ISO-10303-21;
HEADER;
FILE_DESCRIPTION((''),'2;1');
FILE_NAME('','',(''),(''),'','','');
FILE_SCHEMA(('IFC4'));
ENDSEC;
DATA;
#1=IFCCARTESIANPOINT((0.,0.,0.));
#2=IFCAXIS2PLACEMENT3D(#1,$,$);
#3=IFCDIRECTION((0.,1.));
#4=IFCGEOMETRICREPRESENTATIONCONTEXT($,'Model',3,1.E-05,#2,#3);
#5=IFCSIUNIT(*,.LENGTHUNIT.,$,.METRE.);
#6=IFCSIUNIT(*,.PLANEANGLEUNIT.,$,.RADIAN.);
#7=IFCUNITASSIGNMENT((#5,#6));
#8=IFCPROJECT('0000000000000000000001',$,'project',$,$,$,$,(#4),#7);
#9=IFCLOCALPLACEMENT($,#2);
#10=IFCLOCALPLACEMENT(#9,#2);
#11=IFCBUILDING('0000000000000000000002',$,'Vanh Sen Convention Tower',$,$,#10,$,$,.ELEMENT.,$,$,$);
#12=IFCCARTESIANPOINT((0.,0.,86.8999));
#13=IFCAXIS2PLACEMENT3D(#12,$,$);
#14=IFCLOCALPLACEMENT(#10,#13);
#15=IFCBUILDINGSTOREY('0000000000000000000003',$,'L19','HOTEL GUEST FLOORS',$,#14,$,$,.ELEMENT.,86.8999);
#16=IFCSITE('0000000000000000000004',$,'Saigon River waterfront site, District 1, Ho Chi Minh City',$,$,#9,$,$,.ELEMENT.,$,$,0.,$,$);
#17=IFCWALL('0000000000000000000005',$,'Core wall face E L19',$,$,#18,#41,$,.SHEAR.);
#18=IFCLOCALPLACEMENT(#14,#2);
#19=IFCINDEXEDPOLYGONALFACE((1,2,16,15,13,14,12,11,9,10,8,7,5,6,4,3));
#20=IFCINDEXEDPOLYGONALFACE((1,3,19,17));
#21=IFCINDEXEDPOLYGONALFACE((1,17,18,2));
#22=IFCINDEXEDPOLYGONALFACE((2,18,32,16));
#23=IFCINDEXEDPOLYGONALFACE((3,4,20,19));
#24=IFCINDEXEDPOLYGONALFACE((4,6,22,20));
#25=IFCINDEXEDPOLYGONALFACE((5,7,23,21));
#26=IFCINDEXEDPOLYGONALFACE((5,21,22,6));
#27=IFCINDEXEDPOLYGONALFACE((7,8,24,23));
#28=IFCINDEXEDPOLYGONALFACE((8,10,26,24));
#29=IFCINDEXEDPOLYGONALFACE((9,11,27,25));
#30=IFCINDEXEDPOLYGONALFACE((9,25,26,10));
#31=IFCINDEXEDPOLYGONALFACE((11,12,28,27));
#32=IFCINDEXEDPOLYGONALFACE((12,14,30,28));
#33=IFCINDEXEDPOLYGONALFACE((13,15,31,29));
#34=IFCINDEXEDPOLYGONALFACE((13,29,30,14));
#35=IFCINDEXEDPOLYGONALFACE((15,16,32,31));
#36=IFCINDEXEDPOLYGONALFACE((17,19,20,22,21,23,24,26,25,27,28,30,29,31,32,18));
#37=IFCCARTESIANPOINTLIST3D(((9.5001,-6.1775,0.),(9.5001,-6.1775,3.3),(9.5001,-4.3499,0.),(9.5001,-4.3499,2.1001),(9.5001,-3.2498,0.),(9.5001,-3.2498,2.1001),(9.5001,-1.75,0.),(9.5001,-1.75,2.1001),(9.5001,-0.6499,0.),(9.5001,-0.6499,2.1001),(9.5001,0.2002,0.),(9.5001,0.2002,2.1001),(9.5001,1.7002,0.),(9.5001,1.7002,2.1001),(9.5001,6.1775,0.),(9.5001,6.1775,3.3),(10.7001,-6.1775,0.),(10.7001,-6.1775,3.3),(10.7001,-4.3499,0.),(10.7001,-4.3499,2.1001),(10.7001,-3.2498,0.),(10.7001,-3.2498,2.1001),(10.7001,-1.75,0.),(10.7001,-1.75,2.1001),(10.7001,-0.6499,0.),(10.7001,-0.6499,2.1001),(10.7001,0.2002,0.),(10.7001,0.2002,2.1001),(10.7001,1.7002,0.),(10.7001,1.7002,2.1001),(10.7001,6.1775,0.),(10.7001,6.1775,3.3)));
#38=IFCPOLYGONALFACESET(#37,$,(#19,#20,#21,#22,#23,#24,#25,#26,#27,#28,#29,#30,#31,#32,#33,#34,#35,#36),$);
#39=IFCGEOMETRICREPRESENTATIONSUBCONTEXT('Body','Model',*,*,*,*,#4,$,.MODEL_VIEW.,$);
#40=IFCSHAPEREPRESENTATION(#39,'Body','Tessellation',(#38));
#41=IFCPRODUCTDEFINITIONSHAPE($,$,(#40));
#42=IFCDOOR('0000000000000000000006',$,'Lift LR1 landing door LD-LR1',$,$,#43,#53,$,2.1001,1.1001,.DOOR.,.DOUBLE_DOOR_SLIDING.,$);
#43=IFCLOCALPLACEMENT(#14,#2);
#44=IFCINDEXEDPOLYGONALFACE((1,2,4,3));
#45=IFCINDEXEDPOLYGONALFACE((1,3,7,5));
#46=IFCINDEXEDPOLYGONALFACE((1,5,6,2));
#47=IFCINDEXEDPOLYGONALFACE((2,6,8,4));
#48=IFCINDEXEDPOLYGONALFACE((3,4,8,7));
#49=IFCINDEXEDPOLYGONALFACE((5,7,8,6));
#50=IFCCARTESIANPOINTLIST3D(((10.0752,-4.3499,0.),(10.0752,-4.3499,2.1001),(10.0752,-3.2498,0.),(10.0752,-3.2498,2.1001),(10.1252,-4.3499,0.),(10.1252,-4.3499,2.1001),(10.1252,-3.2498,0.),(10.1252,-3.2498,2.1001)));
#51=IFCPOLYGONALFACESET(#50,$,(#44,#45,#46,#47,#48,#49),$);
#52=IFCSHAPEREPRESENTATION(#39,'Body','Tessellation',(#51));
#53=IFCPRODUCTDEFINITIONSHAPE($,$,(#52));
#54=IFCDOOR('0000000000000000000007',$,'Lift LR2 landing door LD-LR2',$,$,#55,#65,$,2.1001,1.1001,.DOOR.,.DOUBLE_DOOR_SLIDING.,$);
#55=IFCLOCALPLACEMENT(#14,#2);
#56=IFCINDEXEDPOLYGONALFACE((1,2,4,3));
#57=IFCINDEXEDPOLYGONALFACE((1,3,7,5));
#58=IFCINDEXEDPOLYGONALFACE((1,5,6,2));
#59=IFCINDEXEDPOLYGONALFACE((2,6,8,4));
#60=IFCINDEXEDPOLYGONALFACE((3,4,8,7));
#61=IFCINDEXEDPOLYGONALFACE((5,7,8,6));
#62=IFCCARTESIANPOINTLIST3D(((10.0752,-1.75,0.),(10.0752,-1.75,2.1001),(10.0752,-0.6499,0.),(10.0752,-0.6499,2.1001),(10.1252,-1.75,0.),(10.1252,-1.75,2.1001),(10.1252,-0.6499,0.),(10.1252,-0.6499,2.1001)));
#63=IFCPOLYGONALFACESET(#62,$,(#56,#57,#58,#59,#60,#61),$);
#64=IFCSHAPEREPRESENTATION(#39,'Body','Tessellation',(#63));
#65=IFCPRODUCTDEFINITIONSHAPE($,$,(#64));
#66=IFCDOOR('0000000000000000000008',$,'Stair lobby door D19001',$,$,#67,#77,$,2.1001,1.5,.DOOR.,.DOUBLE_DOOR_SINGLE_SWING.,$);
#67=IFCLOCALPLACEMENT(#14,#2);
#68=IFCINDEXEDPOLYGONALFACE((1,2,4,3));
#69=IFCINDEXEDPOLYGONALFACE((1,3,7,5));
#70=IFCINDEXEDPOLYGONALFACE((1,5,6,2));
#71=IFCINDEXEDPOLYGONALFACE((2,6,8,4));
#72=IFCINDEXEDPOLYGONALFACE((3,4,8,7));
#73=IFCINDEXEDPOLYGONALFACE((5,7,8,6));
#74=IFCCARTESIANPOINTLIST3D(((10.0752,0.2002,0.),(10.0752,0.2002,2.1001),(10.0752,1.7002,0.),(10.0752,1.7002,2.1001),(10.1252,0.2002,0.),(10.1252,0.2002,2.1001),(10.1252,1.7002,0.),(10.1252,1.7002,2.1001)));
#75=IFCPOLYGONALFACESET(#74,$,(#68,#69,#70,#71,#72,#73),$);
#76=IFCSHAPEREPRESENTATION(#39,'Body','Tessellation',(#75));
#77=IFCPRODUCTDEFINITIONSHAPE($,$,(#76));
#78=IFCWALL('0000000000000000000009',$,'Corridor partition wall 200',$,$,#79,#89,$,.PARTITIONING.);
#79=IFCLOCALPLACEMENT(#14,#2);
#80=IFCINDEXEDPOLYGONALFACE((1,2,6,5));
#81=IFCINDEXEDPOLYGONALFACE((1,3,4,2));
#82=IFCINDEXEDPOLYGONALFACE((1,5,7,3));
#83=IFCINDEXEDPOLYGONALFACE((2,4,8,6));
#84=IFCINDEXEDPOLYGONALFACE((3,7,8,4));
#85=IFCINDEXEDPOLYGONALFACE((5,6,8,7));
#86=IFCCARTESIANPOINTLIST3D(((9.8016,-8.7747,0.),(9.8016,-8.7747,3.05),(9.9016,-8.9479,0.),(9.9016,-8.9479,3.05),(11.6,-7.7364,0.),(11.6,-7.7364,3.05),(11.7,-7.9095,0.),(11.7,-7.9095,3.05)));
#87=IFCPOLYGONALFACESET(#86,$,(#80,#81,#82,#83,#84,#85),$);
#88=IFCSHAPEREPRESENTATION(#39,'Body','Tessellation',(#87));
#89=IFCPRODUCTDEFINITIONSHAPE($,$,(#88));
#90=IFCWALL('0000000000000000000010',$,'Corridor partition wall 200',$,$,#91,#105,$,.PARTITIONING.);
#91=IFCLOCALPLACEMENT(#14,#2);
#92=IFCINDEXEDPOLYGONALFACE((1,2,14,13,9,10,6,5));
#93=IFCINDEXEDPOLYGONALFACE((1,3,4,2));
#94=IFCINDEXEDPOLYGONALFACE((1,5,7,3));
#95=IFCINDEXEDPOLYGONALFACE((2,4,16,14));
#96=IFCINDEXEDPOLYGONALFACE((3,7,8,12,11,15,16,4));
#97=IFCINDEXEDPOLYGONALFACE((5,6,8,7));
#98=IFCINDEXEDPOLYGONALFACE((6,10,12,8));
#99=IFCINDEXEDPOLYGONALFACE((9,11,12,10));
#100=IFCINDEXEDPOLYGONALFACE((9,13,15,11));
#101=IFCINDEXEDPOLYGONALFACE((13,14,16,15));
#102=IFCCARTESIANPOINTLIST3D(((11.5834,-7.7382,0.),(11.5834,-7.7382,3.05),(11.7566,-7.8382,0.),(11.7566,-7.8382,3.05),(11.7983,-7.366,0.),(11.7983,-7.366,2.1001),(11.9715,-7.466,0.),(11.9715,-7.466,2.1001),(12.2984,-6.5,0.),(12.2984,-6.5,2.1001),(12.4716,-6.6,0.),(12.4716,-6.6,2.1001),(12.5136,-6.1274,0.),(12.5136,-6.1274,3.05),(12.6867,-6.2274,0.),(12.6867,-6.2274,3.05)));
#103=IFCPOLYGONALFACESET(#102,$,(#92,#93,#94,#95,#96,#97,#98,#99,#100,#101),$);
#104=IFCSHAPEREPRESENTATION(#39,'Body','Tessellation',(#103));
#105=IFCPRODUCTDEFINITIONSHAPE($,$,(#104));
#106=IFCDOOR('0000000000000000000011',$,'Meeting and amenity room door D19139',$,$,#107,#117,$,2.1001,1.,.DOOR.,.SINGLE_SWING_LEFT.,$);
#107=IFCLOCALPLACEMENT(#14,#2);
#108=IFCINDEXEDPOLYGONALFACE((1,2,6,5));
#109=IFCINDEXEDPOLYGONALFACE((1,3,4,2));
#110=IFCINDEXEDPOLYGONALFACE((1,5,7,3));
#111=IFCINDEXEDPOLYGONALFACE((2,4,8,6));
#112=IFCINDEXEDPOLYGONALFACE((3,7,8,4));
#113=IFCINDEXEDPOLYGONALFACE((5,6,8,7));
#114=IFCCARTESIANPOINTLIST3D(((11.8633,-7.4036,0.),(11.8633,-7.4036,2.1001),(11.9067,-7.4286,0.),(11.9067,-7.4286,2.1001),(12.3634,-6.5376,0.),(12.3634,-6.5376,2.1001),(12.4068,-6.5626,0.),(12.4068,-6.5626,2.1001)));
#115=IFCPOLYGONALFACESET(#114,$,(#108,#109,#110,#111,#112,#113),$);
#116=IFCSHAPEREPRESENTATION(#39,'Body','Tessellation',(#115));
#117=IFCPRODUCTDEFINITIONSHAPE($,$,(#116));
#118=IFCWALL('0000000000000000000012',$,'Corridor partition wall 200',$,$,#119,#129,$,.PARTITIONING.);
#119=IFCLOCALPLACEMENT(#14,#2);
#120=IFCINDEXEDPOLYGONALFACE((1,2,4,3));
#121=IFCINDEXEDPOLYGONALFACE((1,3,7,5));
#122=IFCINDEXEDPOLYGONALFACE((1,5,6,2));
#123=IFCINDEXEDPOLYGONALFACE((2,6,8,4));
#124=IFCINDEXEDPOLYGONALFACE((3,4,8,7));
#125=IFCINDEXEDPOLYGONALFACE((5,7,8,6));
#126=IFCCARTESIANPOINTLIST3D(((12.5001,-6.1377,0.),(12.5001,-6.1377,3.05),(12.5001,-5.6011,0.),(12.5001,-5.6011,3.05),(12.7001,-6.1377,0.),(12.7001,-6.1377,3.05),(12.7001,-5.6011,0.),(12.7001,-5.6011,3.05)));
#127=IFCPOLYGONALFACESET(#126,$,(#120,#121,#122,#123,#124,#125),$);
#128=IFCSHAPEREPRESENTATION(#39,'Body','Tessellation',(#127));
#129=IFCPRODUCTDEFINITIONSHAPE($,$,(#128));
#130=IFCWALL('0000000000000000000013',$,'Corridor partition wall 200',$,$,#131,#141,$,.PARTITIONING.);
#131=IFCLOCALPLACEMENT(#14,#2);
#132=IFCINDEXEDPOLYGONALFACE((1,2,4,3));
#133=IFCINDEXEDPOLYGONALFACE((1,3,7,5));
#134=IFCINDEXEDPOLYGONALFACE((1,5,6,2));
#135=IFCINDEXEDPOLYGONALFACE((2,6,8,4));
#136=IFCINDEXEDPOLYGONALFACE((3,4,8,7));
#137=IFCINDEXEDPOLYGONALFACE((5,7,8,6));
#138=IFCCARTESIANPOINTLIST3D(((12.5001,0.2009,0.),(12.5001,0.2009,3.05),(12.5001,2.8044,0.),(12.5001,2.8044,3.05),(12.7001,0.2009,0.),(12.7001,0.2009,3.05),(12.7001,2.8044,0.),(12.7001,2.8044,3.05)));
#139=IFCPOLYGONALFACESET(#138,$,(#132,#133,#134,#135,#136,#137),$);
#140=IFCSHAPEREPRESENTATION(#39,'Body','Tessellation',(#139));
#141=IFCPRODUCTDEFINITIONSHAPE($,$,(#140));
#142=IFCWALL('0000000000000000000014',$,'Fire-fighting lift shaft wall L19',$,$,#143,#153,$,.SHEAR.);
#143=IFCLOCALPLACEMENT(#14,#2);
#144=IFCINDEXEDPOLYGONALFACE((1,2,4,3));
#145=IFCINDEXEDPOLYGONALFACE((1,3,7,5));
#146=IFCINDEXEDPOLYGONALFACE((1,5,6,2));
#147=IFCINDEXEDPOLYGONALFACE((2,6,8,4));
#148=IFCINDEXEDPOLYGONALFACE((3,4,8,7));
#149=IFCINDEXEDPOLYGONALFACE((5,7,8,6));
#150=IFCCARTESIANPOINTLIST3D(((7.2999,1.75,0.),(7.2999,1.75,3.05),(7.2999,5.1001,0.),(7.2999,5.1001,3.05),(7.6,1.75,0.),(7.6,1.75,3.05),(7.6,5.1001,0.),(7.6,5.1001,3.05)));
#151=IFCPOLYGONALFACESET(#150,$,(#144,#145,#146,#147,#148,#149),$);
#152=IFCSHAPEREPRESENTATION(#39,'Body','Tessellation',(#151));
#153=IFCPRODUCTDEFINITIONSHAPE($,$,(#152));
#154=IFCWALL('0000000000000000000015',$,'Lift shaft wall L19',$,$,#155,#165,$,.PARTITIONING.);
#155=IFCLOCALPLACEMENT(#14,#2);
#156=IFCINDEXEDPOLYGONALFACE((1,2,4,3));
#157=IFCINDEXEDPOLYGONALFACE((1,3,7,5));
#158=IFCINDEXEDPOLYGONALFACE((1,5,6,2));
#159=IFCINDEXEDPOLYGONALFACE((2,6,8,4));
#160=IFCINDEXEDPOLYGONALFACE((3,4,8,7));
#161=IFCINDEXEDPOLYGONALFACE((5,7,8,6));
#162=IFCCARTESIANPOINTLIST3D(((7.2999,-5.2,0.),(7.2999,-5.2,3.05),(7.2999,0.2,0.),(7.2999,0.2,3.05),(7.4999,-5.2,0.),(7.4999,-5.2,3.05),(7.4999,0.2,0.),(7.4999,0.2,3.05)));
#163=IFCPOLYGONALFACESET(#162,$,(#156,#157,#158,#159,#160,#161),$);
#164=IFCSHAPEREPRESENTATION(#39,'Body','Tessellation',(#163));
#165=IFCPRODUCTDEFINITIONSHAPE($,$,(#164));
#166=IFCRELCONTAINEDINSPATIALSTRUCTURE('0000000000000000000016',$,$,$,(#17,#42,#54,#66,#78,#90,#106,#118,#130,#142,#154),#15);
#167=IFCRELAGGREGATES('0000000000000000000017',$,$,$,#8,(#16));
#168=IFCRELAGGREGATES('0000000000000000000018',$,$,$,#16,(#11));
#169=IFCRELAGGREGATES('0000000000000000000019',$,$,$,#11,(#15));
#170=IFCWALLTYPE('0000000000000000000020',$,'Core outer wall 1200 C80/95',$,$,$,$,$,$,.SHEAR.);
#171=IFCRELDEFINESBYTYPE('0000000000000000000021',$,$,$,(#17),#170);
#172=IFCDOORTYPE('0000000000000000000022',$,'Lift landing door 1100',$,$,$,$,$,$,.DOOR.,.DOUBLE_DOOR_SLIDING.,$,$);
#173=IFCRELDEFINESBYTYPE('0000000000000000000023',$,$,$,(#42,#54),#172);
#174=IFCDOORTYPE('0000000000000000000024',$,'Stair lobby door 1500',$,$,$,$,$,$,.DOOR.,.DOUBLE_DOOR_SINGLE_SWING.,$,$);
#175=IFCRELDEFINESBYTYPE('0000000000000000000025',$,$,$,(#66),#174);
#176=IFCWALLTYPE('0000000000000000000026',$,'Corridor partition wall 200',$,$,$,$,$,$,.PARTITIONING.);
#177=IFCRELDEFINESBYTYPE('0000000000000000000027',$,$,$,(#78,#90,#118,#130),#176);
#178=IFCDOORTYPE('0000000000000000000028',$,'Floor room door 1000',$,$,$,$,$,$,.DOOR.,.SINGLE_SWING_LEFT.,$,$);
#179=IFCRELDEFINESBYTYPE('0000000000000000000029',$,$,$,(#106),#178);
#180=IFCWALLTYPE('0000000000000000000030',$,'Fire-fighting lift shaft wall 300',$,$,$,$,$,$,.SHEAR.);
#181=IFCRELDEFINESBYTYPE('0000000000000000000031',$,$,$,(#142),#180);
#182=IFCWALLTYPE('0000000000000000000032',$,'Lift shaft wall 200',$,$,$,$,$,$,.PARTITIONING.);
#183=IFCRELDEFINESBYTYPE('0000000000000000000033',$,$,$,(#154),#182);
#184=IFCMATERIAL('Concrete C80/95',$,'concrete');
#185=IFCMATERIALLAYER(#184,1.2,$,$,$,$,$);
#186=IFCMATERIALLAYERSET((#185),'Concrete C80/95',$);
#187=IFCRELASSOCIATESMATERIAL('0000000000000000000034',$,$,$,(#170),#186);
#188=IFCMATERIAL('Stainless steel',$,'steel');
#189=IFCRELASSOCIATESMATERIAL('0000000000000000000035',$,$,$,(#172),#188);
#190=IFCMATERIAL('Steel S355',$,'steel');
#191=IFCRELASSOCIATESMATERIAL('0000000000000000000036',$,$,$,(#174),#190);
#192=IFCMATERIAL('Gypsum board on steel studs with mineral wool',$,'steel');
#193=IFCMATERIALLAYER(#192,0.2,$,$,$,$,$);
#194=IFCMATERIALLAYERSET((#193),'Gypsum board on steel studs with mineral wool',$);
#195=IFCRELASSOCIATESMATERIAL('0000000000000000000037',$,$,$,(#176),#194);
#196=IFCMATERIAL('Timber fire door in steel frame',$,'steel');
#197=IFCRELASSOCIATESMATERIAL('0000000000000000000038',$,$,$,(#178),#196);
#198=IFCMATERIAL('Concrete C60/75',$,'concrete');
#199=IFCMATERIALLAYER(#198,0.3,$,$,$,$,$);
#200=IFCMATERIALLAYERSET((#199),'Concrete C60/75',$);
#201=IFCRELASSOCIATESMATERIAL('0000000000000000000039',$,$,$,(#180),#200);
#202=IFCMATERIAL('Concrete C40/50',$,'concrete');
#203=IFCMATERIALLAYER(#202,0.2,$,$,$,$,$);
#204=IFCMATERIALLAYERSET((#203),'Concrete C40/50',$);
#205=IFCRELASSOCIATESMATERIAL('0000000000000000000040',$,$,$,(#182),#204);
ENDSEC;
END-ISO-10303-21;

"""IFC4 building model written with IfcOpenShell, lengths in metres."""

from ifc_helpers import new_model, si_unit, direction, frame, frame_2d, origin, place, context, subcontext, project, spatial, rectangle, extrude, material, layer, layer_set, type_object, element, fill, save


model = new_model("IFC4")

# Units and contexts
model_context = context("Model", 3, precision=1e-05, world=origin(), true_north=direction((0.0, 1.0)))
body_context = subcontext(model_context, "Body", "Model", "MODEL_VIEW")
ifc_project = project(units=[si_unit("LENGTHUNIT", "METRE"), si_unit("PLANEANGLEUNIT", "RADIAN")], contexts=[model_context])

# Site, building, storey
site_placement = place(None, origin())
site = spatial("IfcSite", under=ifc_project, at=site_placement, Name="Saigon River waterfront site, District 1, Ho Chi Minh City", CompositionType="ELEMENT", RefElevation=0.0)
building_placement = place(site_placement, origin())
building = spatial("IfcBuilding", under=site, at=building_placement, Name="Vanh Sen Convention Tower", CompositionType="ELEMENT")
storey_placement = place(building_placement, frame((0.0, 0.0, 86.8999)))
storey = spatial("IfcBuildingStorey", under=building, at=storey_placement, Name="L19", Description="HOTEL GUEST FLOORS", CompositionType="ELEMENT", Elevation=86.8999)

# Shared definitions
ifc_material_1 = material(Name="Concrete C40/50", Category="concrete")

# Wall, openings, doors
ifc_material_2 = material(Name="Concrete C80/95", Category="concrete")
ifc_layer_1 = layer(ifc_material_2, 1.2)
ifc_layer_set_1 = layer_set([ifc_layer_1], Name="Concrete C80/95")
wall_type_1 = type_object("IfcWallType", Name="Core outer wall 1200 C80/95", PredefinedType="SHEAR", material=ifc_layer_set_1)
wall_1_placement = place(storey_placement, frame((10.1001, -6.1775, 0.0), z_axis=(0.0, 0.0, 1.0), x_axis=(0.0, 1.0, 0.0)))
wall_1 = element("IfcWall", 1, at=wall_1_placement, inside=storey, type_object=wall_type_1, Name="Core wall face E L19", PredefinedType="SHEAR", context=body_context, shape_type="SweptSolid", body=[
    extrude(rectangle(XDim=12.355, YDim=1.2, at=frame_2d((6.1775, 0.0))), origin(), (0.0, 0.0, 1.0), 3.3),
])
opening_1_placement = place(wall_1_placement, frame((6.3777, 0.0, 0.0)))
opening_1 = element("IfcOpeningElement", 2, at=opening_1_placement, cuts=wall_1, PredefinedType="OPENING", context=body_context, shape_type="SweptSolid", body=[
    extrude(rectangle(XDim=1.5, YDim=2.1001, at=frame_2d((0.75, 1.05))), frame((0.0, 0.6099, 0.0), z_axis=(0.0, -1.0, 0.0), x_axis=(1.0, 0.0, 0.0)), (0.0, 0.0, 1.0), 1.22),
])
opening_2_placement = place(wall_1_placement, frame((1.8276, 0.0, 0.0)))
opening_2 = element("IfcOpeningElement", 3, at=opening_2_placement, cuts=wall_1, PredefinedType="OPENING", context=body_context, shape_type="SweptSolid", body=[
    extrude(rectangle(XDim=1.1001, YDim=2.1001, at=frame_2d((0.55, 1.05))), frame((0.0, 0.6099, 0.0), z_axis=(0.0, -1.0, 0.0), x_axis=(1.0, 0.0, 0.0)), (0.0, 0.0, 1.0), 1.22),
])
opening_3_placement = place(wall_1_placement, frame((4.4275, 0.0, 0.0)))
opening_3 = element("IfcOpeningElement", 4, at=opening_3_placement, cuts=wall_1, PredefinedType="OPENING", context=body_context, shape_type="SweptSolid", body=[
    extrude(rectangle(XDim=1.1001, YDim=2.1001, at=frame_2d((0.55, 1.05))), frame((0.0, 0.6099, 0.0), z_axis=(0.0, -1.0, 0.0), x_axis=(1.0, 0.0, 0.0)), (0.0, 0.0, 1.0), 1.22),
])
ifc_material_3 = material(Name="Stainless steel", Category="steel")
door_type_1 = type_object("IfcDoorType", Name="Lift landing door 1100", OperationType="DOUBLE_DOOR_SLIDING", PredefinedType="DOOR", material=ifc_material_3)
door_1_placement = place(opening_2_placement, origin())
door_1 = element("IfcDoor", 5, at=door_1_placement, inside=storey, type_object=door_type_1, Name="Lift LR1 landing door LD-LR1", OperationType="DOUBLE_DOOR_SLIDING", OverallHeight=2.1001, OverallWidth=1.1001, PredefinedType="DOOR", context=body_context, shape_type="SweptSolid", body=[
    extrude(rectangle(XDim=1.1001, YDim=2.1001, at=frame_2d((0.55, 1.05))), frame((0.0, 0.0249, 0.0), z_axis=(0.0, -1.0, 0.0), x_axis=(1.0, 0.0, 0.0)), (0.0, 0.0, 1.0), 0.05),
])
fill(opening_2, door_1)
door_2_placement = place(opening_3_placement, origin())
door_2 = element("IfcDoor", 6, at=door_2_placement, inside=storey, type_object=door_type_1, Name="Lift LR2 landing door LD-LR2", OperationType="DOUBLE_DOOR_SLIDING", OverallHeight=2.1001, OverallWidth=1.1001, PredefinedType="DOOR", context=body_context, shape_type="SweptSolid", body=[
    extrude(rectangle(XDim=1.1001, YDim=2.1001, at=frame_2d((0.55, 1.05))), frame((0.0, 0.0249, 0.0), z_axis=(0.0, -1.0, 0.0), x_axis=(1.0, 0.0, 0.0)), (0.0, 0.0, 1.0), 0.05),
])
fill(opening_3, door_2)
ifc_material_4 = material(Name="Steel S355", Category="steel")
door_type_2 = type_object("IfcDoorType", Name="Stair lobby door 1500", OperationType="DOUBLE_DOOR_SINGLE_SWING", PredefinedType="DOOR", material=ifc_material_4)
door_3_placement = place(opening_1_placement, origin())
door_3 = element("IfcDoor", 7, at=door_3_placement, inside=storey, type_object=door_type_2, Name="Stair lobby door D19001", OperationType="DOUBLE_DOOR_SINGLE_SWING", OverallHeight=2.1001, OverallWidth=1.5, PredefinedType="DOOR", context=body_context, shape_type="SweptSolid", body=[
    extrude(rectangle(XDim=1.5, YDim=2.1001, at=frame_2d((0.75, 1.05))), frame((0.0, 0.0249, 0.0), z_axis=(0.0, -1.0, 0.0), x_axis=(1.0, 0.0, 0.0)), (0.0, 0.0, 1.0), 0.05),
])
fill(opening_1, door_3)

# Wall
ifc_material_5 = material(Name="Gypsum board on steel studs with mineral wool", Category="steel")
ifc_layer_2 = layer(ifc_material_5, 0.2)
ifc_layer_set_2 = layer_set([ifc_layer_2], Name="Gypsum board on steel studs with mineral wool")
wall_type_2 = type_object("IfcWallType", Name="Corridor partition wall 200", PredefinedType="PARTITIONING", material=ifc_layer_set_2)
wall_2_placement = place(storey_placement, frame((9.8516, -8.8613, 0.0), z_axis=(0.0, 0.0, 1.0), x_axis=(0.866013, 0.500021, 0.0)))
element("IfcWall", 8, at=wall_2_placement, inside=storey, type_object=wall_type_2, Name="Corridor partition wall 200", PredefinedType="PARTITIONING", context=body_context, shape_type="SweptSolid", body=[
    extrude(rectangle(XDim=2.0767, YDim=0.2, at=frame_2d((1.0383, 0.0))), origin(), (0.0, 0.0, 1.0), 3.05),
])

# Wall, opening, door
wall_3_placement = place(storey_placement, frame((11.6699, -7.7883, 0.0), z_axis=(0.0, 0.0, 1.0), x_axis=(0.500063, 0.865989, 0.0)))
wall_3 = element("IfcWall", 9, at=wall_3_placement, inside=storey, type_object=wall_type_2, Name="Corridor partition wall 200", PredefinedType="PARTITIONING", context=body_context, shape_type="SweptSolid", body=[
    extrude(rectangle(XDim=1.8601, YDim=0.2, at=frame_2d((0.9302, 0.0))), origin(), (0.0, 0.0, 1.0), 3.05),
])
opening_4_placement = place(wall_3_placement, frame((0.4299, 0.0, 0.0)))
opening_4 = element("IfcOpeningElement", 10, at=opening_4_placement, cuts=wall_3, PredefinedType="OPENING", context=body_context, shape_type="SweptSolid", body=[
    extrude(rectangle(XDim=1.0, YDim=2.1001, at=frame_2d((0.5, 1.05))), frame((0.0, 0.1099, 0.0), z_axis=(0.0, -1.0, 0.0), x_axis=(1.0, 0.0, 0.0)), (0.0, 0.0, 1.0), 0.22),
])
ifc_material_6 = material(Name="Timber fire door in steel frame", Category="steel")
door_type_3 = type_object("IfcDoorType", Name="Floor room door 1000", OperationType="SINGLE_SWING_LEFT", PredefinedType="DOOR", material=ifc_material_6)
door_4_placement = place(opening_4_placement, origin())
door_4 = element("IfcDoor", 11, at=door_4_placement, inside=storey, type_object=door_type_3, Name="Meeting and amenity room door D19139", OperationType="SINGLE_SWING_LEFT", OverallHeight=2.1001, OverallWidth=1.0, PredefinedType="DOOR", context=body_context, shape_type="SweptSolid", body=[
    extrude(rectangle(XDim=1.0, YDim=2.1001, at=frame_2d((0.5, 1.05))), frame((0.0, 0.0249, 0.0), z_axis=(0.0, -1.0, 0.0), x_axis=(1.0, 0.0, 0.0)), (0.0, 0.0, 1.0), 0.05),
])
fill(opening_4, door_4)

# Walls
wall_4_placement = place(storey_placement, frame((12.6001, -6.1377, 0.0), z_axis=(0.0, 0.0, 1.0), x_axis=(0.0, 1.0, 0.0)))
element("IfcWall", 12, at=wall_4_placement, inside=storey, type_object=wall_type_2, Name="Corridor partition wall 200", PredefinedType="PARTITIONING", context=body_context, shape_type="SweptSolid", body=[
    extrude(rectangle(XDim=0.5366, YDim=0.2, at=frame_2d((0.2683, 0.0))), origin(), (0.0, 0.0, 1.0), 3.05),
])
wall_5_placement = place(storey_placement, frame((12.6001, 0.2009, 0.0), z_axis=(0.0, 0.0, 1.0), x_axis=(0.0, 1.0, 0.0)))
element("IfcWall", 13, at=wall_5_placement, inside=storey, type_object=wall_type_2, Name="Corridor partition wall 200", PredefinedType="PARTITIONING", context=body_context, shape_type="SweptSolid", body=[
    extrude(rectangle(XDim=2.6035, YDim=0.2, at=frame_2d((1.3018, 0.0))), origin(), (0.0, 0.0, 1.0), 3.05),
])
ifc_material_7 = material(Name="Concrete C60/75", Category="concrete")
ifc_layer_3 = layer(ifc_material_7, 0.3)
ifc_layer_set_3 = layer_set([ifc_layer_3], Name="Concrete C60/75")
wall_type_3 = type_object("IfcWallType", Name="Fire-fighting lift shaft wall 300", PredefinedType="SHEAR", material=ifc_layer_set_3)
wall_6_placement = place(storey_placement, frame((7.45, 1.75, 0.0), z_axis=(0.0, 0.0, 1.0), x_axis=(0.0, 1.0, 0.0)))
element("IfcWall", 14, at=wall_6_placement, inside=storey, type_object=wall_type_3, Name="Fire-fighting lift shaft wall L19", PredefinedType="SHEAR", context=body_context, shape_type="SweptSolid", body=[
    extrude(rectangle(XDim=3.3501, YDim=0.3, at=frame_2d((1.675, 0.0))), origin(), (0.0, 0.0, 1.0), 3.05),
])
ifc_layer_4 = layer(ifc_material_1, 0.2)
ifc_layer_set_4 = layer_set([ifc_layer_4], Name="Concrete C40/50")
wall_type_4 = type_object("IfcWallType", Name="Lift shaft wall 200", PredefinedType="PARTITIONING", material=ifc_layer_set_4)
wall_7_placement = place(storey_placement, frame((7.3999, -5.2, 0.0), z_axis=(0.0, 0.0, 1.0), x_axis=(0.0, 1.0, 0.0)))
element("IfcWall", 15, at=wall_7_placement, inside=storey, type_object=wall_type_4, Name="Lift shaft wall L19", PredefinedType="PARTITIONING", context=body_context, shape_type="SweptSolid", body=[
    extrude(rectangle(XDim=5.3999, YDim=0.2, at=frame_2d((2.7, 0.0))), origin(), (0.0, 0.0, 1.0), 3.05),
])

save(model, "model.ifc")
